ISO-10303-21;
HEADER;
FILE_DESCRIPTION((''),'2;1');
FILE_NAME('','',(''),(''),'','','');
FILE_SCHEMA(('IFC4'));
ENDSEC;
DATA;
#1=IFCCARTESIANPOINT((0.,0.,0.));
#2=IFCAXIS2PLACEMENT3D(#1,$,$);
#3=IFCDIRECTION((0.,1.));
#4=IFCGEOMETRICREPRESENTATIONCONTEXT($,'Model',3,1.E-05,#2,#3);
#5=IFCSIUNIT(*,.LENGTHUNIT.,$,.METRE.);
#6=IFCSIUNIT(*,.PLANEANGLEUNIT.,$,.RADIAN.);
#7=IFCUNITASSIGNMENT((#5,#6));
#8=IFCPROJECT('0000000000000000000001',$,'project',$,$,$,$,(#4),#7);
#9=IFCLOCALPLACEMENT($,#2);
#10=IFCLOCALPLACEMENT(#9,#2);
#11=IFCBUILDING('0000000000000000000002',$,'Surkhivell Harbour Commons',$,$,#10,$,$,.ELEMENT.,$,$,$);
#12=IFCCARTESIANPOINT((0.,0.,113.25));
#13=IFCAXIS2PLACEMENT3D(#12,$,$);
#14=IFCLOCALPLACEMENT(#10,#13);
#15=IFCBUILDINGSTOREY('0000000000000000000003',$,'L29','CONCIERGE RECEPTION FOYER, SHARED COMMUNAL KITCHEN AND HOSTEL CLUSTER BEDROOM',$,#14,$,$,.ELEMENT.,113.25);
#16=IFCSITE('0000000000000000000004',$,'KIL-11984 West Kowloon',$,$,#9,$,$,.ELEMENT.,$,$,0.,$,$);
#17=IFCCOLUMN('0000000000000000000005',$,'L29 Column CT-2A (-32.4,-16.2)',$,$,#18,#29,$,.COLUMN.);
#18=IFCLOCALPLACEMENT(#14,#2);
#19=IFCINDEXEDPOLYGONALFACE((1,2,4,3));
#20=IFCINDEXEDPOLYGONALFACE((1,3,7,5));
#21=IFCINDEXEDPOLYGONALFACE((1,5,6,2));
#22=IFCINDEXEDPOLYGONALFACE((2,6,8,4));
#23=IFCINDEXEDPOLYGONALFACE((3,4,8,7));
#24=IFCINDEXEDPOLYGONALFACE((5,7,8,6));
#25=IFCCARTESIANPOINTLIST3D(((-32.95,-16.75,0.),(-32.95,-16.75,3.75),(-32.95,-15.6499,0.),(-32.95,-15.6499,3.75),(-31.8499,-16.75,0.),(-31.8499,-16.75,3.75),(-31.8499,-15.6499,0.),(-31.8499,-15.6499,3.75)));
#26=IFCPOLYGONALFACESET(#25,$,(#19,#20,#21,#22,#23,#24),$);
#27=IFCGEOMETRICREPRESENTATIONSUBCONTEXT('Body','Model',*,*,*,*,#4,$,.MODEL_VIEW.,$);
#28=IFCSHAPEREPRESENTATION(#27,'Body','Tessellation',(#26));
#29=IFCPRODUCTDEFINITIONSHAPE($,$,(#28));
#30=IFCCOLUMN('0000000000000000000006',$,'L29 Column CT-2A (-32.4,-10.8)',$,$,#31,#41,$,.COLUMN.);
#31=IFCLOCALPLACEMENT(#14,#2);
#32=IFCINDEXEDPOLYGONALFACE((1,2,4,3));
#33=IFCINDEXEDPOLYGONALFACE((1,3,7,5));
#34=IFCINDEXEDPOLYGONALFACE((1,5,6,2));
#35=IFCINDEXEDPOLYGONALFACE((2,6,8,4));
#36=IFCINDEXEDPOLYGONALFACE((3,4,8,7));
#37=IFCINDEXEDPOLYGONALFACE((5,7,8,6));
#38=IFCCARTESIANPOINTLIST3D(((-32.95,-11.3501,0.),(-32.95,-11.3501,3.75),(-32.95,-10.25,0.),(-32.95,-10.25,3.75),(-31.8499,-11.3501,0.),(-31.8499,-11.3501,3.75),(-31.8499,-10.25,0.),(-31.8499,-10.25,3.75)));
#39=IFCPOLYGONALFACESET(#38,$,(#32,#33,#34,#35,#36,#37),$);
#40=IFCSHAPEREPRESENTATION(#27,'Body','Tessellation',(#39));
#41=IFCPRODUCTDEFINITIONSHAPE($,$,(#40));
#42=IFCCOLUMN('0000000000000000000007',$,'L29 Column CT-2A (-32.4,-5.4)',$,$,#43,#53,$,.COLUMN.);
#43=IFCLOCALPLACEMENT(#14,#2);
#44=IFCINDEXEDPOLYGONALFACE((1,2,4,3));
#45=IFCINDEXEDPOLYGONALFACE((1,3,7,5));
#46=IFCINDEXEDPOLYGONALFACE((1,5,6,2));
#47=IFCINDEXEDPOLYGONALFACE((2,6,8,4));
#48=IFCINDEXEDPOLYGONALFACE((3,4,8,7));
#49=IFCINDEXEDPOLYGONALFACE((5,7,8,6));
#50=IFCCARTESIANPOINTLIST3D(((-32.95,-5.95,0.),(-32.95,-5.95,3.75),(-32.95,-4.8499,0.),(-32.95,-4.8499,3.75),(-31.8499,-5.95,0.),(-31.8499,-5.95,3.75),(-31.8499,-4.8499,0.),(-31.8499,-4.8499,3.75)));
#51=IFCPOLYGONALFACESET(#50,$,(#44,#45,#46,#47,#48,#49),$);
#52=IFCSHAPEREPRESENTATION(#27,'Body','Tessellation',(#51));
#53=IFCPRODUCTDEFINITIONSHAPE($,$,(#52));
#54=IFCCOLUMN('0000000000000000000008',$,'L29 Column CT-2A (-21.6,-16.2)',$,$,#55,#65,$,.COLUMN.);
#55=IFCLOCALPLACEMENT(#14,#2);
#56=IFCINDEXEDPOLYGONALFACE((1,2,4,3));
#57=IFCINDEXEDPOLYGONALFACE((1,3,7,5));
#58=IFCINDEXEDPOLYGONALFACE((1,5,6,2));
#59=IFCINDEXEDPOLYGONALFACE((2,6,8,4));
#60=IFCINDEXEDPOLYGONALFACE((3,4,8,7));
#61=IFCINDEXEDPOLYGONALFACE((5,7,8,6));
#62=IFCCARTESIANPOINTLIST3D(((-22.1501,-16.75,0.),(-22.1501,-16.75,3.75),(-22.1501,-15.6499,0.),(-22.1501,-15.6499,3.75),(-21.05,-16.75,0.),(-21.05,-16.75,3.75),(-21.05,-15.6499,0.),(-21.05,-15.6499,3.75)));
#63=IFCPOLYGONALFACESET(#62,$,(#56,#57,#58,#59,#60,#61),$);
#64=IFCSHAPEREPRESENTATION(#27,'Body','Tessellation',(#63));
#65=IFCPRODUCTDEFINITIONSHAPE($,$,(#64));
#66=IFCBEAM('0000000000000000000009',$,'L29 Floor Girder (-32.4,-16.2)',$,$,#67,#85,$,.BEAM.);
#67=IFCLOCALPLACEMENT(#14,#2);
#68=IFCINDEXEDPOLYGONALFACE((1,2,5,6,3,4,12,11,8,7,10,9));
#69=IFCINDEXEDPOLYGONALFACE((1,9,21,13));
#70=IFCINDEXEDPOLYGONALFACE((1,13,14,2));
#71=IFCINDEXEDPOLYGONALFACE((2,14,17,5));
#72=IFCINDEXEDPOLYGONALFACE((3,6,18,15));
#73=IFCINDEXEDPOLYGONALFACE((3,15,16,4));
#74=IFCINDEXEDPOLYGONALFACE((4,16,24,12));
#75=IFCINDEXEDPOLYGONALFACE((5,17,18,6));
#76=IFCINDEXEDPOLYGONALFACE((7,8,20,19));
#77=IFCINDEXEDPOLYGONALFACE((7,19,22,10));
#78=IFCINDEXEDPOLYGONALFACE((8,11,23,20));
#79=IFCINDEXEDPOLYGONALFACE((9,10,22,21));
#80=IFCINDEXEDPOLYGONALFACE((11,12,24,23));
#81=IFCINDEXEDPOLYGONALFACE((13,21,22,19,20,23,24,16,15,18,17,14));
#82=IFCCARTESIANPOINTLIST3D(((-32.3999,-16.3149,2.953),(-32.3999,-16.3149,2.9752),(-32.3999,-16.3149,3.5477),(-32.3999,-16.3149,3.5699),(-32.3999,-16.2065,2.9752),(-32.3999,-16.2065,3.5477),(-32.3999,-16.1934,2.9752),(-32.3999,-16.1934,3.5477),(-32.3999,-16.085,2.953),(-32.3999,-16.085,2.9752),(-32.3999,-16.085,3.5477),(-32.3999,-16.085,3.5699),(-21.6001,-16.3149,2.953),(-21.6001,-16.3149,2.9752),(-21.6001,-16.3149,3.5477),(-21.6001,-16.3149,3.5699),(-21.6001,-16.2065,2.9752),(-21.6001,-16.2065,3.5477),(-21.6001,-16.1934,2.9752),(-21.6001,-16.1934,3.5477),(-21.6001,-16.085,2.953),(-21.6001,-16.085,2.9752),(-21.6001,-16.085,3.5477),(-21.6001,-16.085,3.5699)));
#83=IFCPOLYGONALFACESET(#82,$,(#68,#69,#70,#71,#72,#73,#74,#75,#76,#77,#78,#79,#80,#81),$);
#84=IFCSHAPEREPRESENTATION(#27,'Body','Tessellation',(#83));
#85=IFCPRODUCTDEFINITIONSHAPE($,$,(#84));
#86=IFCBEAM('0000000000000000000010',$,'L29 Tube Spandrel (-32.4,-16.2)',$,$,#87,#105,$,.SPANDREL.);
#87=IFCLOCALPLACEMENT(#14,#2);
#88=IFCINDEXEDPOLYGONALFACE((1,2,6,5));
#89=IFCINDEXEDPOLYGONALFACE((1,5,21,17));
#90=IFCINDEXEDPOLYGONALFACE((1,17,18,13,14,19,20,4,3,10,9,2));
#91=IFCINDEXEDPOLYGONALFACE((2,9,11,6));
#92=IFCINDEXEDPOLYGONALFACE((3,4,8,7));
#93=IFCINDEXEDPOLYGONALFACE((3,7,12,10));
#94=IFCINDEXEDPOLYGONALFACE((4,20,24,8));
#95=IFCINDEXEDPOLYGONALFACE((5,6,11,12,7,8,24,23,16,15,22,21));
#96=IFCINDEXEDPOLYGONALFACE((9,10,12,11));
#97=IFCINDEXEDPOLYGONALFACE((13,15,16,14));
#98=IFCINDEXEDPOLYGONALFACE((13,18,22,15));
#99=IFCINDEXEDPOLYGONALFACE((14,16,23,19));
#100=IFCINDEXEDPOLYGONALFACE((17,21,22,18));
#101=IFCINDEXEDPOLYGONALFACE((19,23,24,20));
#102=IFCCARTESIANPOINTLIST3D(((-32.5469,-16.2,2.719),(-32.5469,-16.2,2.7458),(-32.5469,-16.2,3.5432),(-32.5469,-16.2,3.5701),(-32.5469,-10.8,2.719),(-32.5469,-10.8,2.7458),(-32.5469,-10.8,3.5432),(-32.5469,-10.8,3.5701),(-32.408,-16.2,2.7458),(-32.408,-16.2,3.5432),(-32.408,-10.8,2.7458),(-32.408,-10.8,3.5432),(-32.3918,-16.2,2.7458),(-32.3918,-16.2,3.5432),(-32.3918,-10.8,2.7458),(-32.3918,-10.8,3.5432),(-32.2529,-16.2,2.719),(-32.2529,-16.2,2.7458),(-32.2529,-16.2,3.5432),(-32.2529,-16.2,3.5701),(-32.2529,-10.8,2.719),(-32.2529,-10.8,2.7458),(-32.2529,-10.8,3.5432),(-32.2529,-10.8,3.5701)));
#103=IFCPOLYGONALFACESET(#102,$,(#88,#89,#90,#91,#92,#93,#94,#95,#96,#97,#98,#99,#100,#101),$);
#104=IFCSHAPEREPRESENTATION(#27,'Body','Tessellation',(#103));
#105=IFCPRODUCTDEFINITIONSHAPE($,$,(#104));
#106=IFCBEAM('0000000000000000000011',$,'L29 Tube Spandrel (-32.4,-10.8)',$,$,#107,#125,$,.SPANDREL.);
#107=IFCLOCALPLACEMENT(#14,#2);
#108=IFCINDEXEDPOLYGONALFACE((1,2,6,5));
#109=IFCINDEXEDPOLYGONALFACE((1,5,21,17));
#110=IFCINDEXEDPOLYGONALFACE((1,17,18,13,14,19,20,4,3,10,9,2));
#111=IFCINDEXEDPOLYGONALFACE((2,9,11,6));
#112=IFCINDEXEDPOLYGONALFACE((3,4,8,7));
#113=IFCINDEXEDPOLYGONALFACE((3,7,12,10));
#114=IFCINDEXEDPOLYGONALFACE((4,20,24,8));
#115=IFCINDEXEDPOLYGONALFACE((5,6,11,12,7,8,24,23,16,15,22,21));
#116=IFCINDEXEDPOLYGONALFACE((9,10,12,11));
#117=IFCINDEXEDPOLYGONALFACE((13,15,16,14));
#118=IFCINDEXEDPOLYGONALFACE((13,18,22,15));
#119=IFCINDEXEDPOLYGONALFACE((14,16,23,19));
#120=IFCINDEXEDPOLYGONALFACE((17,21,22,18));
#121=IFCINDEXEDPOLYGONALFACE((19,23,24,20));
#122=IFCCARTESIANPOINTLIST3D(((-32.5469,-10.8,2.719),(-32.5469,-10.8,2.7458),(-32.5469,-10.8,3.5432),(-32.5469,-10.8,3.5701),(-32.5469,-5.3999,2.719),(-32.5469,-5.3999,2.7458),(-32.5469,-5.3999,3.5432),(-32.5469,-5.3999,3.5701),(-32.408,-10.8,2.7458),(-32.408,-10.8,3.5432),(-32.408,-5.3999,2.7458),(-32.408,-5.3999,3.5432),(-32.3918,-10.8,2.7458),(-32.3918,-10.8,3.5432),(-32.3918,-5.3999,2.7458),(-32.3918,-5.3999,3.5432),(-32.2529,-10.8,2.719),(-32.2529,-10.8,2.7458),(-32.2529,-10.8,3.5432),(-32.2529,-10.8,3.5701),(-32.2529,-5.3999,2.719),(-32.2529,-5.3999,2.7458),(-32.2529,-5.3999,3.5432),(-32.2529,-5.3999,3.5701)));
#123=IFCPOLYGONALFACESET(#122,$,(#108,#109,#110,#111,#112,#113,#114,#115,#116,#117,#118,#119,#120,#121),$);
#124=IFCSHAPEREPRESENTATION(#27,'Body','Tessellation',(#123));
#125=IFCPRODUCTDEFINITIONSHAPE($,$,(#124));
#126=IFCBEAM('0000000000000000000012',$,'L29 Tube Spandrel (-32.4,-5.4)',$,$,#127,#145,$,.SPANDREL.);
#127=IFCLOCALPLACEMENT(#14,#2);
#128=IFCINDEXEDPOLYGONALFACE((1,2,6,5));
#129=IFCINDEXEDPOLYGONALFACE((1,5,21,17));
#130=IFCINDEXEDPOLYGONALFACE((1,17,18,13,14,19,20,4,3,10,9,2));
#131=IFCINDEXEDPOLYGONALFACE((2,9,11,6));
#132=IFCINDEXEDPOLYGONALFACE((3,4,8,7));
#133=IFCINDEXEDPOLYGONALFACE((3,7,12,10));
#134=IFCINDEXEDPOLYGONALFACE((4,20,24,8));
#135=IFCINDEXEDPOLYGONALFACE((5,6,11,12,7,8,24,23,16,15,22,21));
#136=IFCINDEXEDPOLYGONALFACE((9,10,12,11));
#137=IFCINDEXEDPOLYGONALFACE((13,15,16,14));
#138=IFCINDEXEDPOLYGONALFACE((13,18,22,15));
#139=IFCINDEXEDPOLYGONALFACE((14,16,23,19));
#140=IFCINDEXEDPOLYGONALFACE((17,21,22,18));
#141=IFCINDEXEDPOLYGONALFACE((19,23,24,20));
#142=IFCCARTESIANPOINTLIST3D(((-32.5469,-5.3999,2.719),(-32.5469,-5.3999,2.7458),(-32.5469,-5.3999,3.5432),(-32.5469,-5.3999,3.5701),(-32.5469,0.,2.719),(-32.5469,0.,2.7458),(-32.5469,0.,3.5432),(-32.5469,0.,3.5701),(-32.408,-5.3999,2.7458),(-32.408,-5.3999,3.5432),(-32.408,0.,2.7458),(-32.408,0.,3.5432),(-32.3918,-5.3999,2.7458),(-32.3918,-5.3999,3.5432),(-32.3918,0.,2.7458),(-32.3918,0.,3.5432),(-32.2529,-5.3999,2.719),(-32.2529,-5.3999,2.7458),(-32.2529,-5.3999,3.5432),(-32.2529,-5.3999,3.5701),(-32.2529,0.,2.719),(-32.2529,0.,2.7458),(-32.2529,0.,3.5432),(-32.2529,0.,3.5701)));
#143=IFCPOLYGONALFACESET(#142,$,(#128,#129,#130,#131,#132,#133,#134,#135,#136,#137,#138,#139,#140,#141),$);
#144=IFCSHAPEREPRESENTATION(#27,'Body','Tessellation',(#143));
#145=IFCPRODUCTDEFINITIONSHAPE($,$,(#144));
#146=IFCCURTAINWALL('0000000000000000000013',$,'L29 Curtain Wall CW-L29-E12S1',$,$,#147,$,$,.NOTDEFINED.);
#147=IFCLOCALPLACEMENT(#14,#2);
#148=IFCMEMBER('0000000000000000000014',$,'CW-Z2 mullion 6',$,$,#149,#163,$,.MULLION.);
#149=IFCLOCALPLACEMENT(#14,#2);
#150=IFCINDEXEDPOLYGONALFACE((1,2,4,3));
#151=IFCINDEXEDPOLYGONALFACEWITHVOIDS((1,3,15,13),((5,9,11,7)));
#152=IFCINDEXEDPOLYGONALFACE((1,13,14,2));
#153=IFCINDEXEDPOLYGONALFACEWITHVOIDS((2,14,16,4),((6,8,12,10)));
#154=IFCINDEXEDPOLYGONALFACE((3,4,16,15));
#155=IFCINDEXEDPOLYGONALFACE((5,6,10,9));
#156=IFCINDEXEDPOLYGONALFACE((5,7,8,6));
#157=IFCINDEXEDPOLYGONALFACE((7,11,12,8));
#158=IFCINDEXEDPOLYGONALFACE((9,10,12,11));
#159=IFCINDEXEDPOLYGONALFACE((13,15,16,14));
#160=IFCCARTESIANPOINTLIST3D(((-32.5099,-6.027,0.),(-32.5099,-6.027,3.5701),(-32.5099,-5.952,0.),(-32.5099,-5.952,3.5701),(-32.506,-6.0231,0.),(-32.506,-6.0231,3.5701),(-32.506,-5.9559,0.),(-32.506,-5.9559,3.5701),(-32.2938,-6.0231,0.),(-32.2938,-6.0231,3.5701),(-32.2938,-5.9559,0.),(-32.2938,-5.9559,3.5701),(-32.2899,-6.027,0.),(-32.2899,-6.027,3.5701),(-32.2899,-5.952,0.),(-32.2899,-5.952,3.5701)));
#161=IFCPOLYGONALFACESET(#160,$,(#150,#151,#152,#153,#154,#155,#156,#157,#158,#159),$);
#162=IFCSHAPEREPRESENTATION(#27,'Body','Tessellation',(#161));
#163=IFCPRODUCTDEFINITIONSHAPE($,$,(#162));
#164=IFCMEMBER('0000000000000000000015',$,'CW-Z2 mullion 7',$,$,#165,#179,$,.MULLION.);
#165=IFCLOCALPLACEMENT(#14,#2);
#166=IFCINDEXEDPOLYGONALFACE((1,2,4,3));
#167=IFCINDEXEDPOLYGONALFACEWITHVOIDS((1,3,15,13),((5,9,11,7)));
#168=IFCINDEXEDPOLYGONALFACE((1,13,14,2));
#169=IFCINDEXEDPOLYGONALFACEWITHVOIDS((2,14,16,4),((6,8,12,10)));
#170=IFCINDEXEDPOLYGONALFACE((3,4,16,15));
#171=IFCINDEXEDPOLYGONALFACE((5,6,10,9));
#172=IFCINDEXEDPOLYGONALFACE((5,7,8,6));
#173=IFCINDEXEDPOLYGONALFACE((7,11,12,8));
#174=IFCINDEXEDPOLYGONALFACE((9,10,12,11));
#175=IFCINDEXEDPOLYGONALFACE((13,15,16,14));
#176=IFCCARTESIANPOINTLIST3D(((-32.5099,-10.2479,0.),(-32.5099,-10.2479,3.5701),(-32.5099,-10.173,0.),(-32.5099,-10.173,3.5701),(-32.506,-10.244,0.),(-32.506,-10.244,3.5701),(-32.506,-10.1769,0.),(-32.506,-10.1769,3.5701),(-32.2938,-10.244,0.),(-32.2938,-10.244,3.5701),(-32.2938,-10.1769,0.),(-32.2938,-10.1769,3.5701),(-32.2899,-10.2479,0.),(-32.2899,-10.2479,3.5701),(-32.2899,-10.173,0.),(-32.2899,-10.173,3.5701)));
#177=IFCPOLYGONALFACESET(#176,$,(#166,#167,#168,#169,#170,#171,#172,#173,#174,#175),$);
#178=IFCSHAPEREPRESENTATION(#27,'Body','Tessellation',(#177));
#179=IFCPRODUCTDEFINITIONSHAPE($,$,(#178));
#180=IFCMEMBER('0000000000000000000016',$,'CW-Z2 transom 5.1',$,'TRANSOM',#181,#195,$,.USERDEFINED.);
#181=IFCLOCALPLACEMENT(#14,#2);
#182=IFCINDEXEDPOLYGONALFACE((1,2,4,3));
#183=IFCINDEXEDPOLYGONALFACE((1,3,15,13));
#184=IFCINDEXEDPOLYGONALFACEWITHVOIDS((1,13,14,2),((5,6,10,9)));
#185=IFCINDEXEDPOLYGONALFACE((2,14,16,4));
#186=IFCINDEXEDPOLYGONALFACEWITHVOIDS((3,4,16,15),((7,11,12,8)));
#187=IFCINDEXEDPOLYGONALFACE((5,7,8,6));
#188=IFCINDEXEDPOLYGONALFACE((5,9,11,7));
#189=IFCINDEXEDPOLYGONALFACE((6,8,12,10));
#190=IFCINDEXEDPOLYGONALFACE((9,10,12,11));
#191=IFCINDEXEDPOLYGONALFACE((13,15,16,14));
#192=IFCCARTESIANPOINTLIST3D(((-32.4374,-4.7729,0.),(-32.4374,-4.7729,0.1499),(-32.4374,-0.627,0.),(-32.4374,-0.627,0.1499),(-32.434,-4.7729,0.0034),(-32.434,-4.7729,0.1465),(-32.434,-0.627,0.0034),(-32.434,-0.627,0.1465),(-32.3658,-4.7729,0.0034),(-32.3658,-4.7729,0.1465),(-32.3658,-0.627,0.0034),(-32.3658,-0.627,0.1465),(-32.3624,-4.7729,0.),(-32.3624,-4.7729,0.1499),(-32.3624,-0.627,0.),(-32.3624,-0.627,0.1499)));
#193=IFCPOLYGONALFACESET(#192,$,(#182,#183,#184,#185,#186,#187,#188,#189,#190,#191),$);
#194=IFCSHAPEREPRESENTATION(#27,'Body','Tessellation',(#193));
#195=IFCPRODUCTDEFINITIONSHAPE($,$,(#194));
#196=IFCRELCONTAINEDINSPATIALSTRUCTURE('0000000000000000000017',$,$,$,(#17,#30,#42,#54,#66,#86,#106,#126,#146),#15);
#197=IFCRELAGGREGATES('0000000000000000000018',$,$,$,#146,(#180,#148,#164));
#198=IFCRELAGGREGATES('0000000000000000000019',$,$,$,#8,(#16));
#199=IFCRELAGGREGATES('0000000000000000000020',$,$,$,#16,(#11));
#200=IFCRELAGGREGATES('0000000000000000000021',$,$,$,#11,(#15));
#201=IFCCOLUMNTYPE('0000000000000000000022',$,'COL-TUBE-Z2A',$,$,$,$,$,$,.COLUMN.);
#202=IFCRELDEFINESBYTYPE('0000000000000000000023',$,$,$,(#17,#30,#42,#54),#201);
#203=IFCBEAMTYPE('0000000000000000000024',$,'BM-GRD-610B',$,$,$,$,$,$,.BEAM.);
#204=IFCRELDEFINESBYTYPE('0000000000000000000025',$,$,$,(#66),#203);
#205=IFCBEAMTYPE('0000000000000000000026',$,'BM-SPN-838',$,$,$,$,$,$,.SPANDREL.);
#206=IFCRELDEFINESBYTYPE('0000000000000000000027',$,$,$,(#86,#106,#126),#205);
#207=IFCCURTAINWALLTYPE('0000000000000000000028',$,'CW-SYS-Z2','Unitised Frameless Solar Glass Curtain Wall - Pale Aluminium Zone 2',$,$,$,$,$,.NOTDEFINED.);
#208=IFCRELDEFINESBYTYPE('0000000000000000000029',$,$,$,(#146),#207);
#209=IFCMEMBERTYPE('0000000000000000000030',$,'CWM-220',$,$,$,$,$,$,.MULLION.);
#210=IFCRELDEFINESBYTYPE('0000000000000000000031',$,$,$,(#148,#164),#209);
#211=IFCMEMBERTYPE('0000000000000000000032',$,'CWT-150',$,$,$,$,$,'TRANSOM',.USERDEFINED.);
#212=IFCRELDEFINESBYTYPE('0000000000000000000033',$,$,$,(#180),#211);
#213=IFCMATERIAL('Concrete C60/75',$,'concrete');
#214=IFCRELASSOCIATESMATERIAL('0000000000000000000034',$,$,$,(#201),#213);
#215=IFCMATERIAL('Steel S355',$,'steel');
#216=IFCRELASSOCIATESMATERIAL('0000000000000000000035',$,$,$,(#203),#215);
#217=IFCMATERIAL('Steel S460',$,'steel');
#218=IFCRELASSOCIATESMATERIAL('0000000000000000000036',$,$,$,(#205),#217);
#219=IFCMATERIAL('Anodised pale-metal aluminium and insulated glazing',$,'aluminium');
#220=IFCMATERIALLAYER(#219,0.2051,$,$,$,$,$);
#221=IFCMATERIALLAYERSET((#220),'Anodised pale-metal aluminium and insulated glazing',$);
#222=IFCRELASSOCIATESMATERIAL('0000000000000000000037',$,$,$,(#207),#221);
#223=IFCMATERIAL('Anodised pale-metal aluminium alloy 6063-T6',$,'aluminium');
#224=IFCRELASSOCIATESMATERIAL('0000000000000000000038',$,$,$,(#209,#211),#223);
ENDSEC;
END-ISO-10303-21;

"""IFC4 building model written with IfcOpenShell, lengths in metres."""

from ifc_helpers import new_model, si_unit, direction, frame, origin, origin_2d, place, context, subcontext, project, spatial, rectangle, hollow_rectangle, i_section, extrude, material, layer, layer_set, material_profile, profile_set, type_object, element, aggregate, save


model = new_model("IFC4")

# Units and contexts
model_context = context("Model", 3, precision=1e-05, world=origin(), true_north=direction((0.0, 1.0)))
body_context = subcontext(model_context, "Body", "Model", "MODEL_VIEW")
ifc_project = project(units=[si_unit("LENGTHUNIT", "METRE"), si_unit("PLANEANGLEUNIT", "RADIAN")], contexts=[model_context])

# Site, building, storey
site_placement = place(None, origin())
site = spatial("IfcSite", under=ifc_project, at=site_placement, Name="KIL-11984 West Kowloon", CompositionType="ELEMENT", RefElevation=0.0)
building_placement = place(site_placement, origin())
building = spatial("IfcBuilding", under=site, at=building_placement, Name="Surkhivell Harbour Commons", CompositionType="ELEMENT")
storey_placement = place(building_placement, frame((0.0, 0.0, 113.25)))
storey = spatial("IfcBuildingStorey", under=building, at=storey_placement, Name="L29", Description="CONCIERGE RECEPTION FOYER, SHARED COMMUNAL KITCHEN AND HOSTEL CLUSTER BEDROOM", CompositionType="ELEMENT", Elevation=113.25)

# Columns
ifc_material_1 = material(Name="Concrete C60/75", Category="concrete")
ifc_material_profile_1 = material_profile(ifc_material_1, rectangle(XDim=1.1001, YDim=1.1001, at=origin_2d()), Name="RC-COL-1100x1100")
ifc_profile_set_1 = profile_set([ifc_material_profile_1], Name="Concrete C60/75")
column_type = type_object("IfcColumnType", Name="COL-TUBE-Z2A", PredefinedType="COLUMN", material=ifc_profile_set_1)
for number, where, z_axis, x_axis, name in (
    (1, (-32.3999, -16.2, 0.0), (0.0, 0.0, 1.0), (1.0, 0.0, 0.0), "L29 Column CT-2A (-32.4,-16.2)"),
    (2, (-32.3999, -10.8, 0.0), (0.0, 0.0, 1.0), (1.0, 0.0, 0.0), "L29 Column CT-2A (-32.4,-10.8)"),
    (3, (-32.3999, -5.3999, 0.0), (0.0, 0.0, 1.0), (1.0, 0.0, 0.0), "L29 Column CT-2A (-32.4,-5.4)"),
    (4, (-21.6001, -16.2, 0.0), (0.0, 0.0, 1.0), (1.0, 0.0, 0.0), "L29 Column CT-2A (-21.6,-16.2)"),
):
    element("IfcColumn", number, at=place(storey_placement, frame(where, z_axis=z_axis, x_axis=x_axis)), inside=storey, type_object=column_type, Name=name, PredefinedType="COLUMN", context=body_context, shape_type="SweptSolid", body=[
        extrude(rectangle(XDim=1.1001, YDim=1.1001, at=origin_2d()), origin(), (0.0, 0.0, 1.0), 3.75),
    ])

# Beams
ifc_material_2 = material(Name="Steel S355", Category="steel")
ifc_material_profile_2 = material_profile(ifc_material_2, i_section(OverallWidth=0.23, OverallDepth=0.6169, WebThickness=0.0132, FlangeThickness=0.0222, at=origin_2d()), Name="UB610x229x140")
ifc_profile_set_2 = profile_set([ifc_material_profile_2], Name="Steel S355")
beam_type_1 = type_object("IfcBeamType", Name="BM-GRD-610B", PredefinedType="BEAM", material=ifc_profile_set_2)
beam_1_placement = place(storey_placement, frame((-32.3999, -16.2, 3.2615), z_axis=(1.0, 0.0, 0.0), x_axis=(0.0, 1.0, 0.0)))
element("IfcBeam", 5, at=beam_1_placement, inside=storey, type_object=beam_type_1, Name="L29 Floor Girder (-32.4,-16.2)", PredefinedType="BEAM", context=body_context, shape_type="SweptSolid", body=[
    extrude(i_section(OverallWidth=0.23, OverallDepth=0.6169, WebThickness=0.0132, FlangeThickness=0.0222, at=origin_2d()), origin(), (0.0, 0.0, 1.0), 10.7998),
])
ifc_material_3 = material(Name="Steel S460", Category="steel")
ifc_material_profile_3 = material_profile(ifc_material_3, i_section(OverallWidth=0.2939, OverallDepth=0.8511, WebThickness=0.0161, FlangeThickness=0.0269, at=origin_2d()), Name="UB838x292x226")
ifc_profile_set_3 = profile_set([ifc_material_profile_3], Name="Steel S460")
beam_type_2 = type_object("IfcBeamType", Name="BM-SPN-838", PredefinedType="SPANDREL", material=ifc_profile_set_3)
beam_2_placement = place(storey_placement, frame((-32.3999, -16.2, 3.1445), z_axis=(0.0, 1.0, 0.0), x_axis=(-1.0, 0.0, 0.0)))
element("IfcBeam", 6, at=beam_2_placement, inside=storey, type_object=beam_type_2, Name="L29 Tube Spandrel (-32.4,-16.2)", PredefinedType="SPANDREL", context=body_context, shape_type="SweptSolid", body=[
    extrude(i_section(OverallWidth=0.2939, OverallDepth=0.8511, WebThickness=0.0161, FlangeThickness=0.0269, at=origin_2d()), origin(), (0.0, 0.0, 1.0), 5.3999),
])
beam_3_placement = place(storey_placement, frame((-32.3999, -10.8, 3.1445), z_axis=(0.0, 1.0, 0.0), x_axis=(-1.0, 0.0, 0.0)))
element("IfcBeam", 7, at=beam_3_placement, inside=storey, type_object=beam_type_2, Name="L29 Tube Spandrel (-32.4,-10.8)", PredefinedType="SPANDREL", context=body_context, shape_type="SweptSolid", body=[
    extrude(i_section(OverallWidth=0.2939, OverallDepth=0.8511, WebThickness=0.0161, FlangeThickness=0.0269, at=origin_2d()), origin(), (0.0, 0.0, 1.0), 5.4001),
])
beam_4_placement = place(storey_placement, frame((-32.3999, -5.3999, 3.1445), z_axis=(0.0, 1.0, 0.0), x_axis=(-1.0, 0.0, 0.0)))
element("IfcBeam", 8, at=beam_4_placement, inside=storey, type_object=beam_type_2, Name="L29 Tube Spandrel (-32.4,-5.4)", PredefinedType="SPANDREL", context=body_context, shape_type="SweptSolid", body=[
    extrude(i_section(OverallWidth=0.2939, OverallDepth=0.8511, WebThickness=0.0161, FlangeThickness=0.0269, at=origin_2d()), origin(), (0.0, 0.0, 1.0), 5.3999),
])

# Curtain wall, members
ifc_material_4 = material(Name="Anodised pale-metal aluminium and insulated glazing", Category="aluminium")
ifc_layer_1 = layer(ifc_material_4, 0.2051)
ifc_layer_set_1 = layer_set([ifc_layer_1], Name="Anodised pale-metal aluminium and insulated glazing")
curtain_wall_type = type_object("IfcCurtainWallType", Name="CW-SYS-Z2", Description="Unitised Frameless Solar Glass Curtain Wall - Pale Aluminium Zone 2", PredefinedType="NOTDEFINED", material=ifc_layer_set_1)
curtain_wall_placement = place(storey_placement, origin())
curtain_wall = element("IfcCurtainWall", 9, at=curtain_wall_placement, inside=storey, type_object=curtain_wall_type, Name="L29 Curtain Wall CW-L29-E12S1", PredefinedType="NOTDEFINED")
ifc_material_5 = material(Name="Anodised pale-metal aluminium alloy 6063-T6", Category="aluminium")
ifc_material_profile_4 = material_profile(ifc_material_5, hollow_rectangle(XDim=0.075, YDim=0.22, WallThickness=0.0039, at=origin_2d()), Name="ALU-MULL-75x220")
ifc_profile_set_4 = profile_set([ifc_material_profile_4], Name="Anodised pale-metal aluminium alloy 6063-T6")
member_type_1 = type_object("IfcMemberType", Name="CWM-220", PredefinedType="MULLION", material=ifc_profile_set_4)
member_1_placement = place(storey_placement, frame((-32.3999, -5.9895, 0.0), z_axis=(0.0, 0.0, 1.0), x_axis=(0.0, -1.0, 0.0)))
member_1 = element("IfcMember", 10, at=member_1_placement, type_object=member_type_1, Name="CW-Z2 mullion 6", PredefinedType="MULLION", context=body_context, shape_type="SweptSolid", body=[
    extrude(hollow_rectangle(XDim=0.075, YDim=0.22, WallThickness=0.0039, at=origin_2d()), origin(), (0.0, 0.0, 1.0), 3.5701),
])
member_2_placement = place(storey_placement, frame((-32.3999, -10.2104, 0.0), z_axis=(0.0, 0.0, 1.0), x_axis=(0.0, -1.0, 0.0)))
member_2 = element("IfcMember", 11, at=member_2_placement, type_object=member_type_1, Name="CW-Z2 mullion 7", PredefinedType="MULLION", context=body_context, shape_type="SweptSolid", body=[
    extrude(hollow_rectangle(XDim=0.075, YDim=0.22, WallThickness=0.0039, at=origin_2d()), origin(), (0.0, 0.0, 1.0), 3.5701),
])
ifc_material_profile_5 = material_profile(ifc_material_5, hollow_rectangle(XDim=0.075, YDim=0.1499, WallThickness=0.0034, at=origin_2d()), Name="ALU-TRAN-75x150")
ifc_profile_set_5 = profile_set([ifc_material_profile_5], Name="Anodised pale-metal aluminium alloy 6063-T6")
member_type_2 = type_object("IfcMemberType", Name="CWT-150", ElementType="TRANSOM", PredefinedType="USERDEFINED", material=ifc_profile_set_5)
member_3_placement = place(storey_placement, frame((-32.3999, -0.627, 0.075), z_axis=(0.0, -1.0, 0.0), x_axis=(1.0, 0.0, 0.0)))
member_3 = element("IfcMember", 12, at=member_3_placement, type_object=member_type_2, Name="CW-Z2 transom 5.1", ObjectType="TRANSOM", PredefinedType="USERDEFINED", context=body_context, shape_type="SweptSolid", body=[
    extrude(hollow_rectangle(XDim=0.075, YDim=0.1499, WallThickness=0.0034, at=origin_2d()), origin(), (0.0, 0.0, 1.0), 4.146),
])

aggregate(curtain_wall, [member_3, member_1, member_2])

save(model, "model.ifc")
